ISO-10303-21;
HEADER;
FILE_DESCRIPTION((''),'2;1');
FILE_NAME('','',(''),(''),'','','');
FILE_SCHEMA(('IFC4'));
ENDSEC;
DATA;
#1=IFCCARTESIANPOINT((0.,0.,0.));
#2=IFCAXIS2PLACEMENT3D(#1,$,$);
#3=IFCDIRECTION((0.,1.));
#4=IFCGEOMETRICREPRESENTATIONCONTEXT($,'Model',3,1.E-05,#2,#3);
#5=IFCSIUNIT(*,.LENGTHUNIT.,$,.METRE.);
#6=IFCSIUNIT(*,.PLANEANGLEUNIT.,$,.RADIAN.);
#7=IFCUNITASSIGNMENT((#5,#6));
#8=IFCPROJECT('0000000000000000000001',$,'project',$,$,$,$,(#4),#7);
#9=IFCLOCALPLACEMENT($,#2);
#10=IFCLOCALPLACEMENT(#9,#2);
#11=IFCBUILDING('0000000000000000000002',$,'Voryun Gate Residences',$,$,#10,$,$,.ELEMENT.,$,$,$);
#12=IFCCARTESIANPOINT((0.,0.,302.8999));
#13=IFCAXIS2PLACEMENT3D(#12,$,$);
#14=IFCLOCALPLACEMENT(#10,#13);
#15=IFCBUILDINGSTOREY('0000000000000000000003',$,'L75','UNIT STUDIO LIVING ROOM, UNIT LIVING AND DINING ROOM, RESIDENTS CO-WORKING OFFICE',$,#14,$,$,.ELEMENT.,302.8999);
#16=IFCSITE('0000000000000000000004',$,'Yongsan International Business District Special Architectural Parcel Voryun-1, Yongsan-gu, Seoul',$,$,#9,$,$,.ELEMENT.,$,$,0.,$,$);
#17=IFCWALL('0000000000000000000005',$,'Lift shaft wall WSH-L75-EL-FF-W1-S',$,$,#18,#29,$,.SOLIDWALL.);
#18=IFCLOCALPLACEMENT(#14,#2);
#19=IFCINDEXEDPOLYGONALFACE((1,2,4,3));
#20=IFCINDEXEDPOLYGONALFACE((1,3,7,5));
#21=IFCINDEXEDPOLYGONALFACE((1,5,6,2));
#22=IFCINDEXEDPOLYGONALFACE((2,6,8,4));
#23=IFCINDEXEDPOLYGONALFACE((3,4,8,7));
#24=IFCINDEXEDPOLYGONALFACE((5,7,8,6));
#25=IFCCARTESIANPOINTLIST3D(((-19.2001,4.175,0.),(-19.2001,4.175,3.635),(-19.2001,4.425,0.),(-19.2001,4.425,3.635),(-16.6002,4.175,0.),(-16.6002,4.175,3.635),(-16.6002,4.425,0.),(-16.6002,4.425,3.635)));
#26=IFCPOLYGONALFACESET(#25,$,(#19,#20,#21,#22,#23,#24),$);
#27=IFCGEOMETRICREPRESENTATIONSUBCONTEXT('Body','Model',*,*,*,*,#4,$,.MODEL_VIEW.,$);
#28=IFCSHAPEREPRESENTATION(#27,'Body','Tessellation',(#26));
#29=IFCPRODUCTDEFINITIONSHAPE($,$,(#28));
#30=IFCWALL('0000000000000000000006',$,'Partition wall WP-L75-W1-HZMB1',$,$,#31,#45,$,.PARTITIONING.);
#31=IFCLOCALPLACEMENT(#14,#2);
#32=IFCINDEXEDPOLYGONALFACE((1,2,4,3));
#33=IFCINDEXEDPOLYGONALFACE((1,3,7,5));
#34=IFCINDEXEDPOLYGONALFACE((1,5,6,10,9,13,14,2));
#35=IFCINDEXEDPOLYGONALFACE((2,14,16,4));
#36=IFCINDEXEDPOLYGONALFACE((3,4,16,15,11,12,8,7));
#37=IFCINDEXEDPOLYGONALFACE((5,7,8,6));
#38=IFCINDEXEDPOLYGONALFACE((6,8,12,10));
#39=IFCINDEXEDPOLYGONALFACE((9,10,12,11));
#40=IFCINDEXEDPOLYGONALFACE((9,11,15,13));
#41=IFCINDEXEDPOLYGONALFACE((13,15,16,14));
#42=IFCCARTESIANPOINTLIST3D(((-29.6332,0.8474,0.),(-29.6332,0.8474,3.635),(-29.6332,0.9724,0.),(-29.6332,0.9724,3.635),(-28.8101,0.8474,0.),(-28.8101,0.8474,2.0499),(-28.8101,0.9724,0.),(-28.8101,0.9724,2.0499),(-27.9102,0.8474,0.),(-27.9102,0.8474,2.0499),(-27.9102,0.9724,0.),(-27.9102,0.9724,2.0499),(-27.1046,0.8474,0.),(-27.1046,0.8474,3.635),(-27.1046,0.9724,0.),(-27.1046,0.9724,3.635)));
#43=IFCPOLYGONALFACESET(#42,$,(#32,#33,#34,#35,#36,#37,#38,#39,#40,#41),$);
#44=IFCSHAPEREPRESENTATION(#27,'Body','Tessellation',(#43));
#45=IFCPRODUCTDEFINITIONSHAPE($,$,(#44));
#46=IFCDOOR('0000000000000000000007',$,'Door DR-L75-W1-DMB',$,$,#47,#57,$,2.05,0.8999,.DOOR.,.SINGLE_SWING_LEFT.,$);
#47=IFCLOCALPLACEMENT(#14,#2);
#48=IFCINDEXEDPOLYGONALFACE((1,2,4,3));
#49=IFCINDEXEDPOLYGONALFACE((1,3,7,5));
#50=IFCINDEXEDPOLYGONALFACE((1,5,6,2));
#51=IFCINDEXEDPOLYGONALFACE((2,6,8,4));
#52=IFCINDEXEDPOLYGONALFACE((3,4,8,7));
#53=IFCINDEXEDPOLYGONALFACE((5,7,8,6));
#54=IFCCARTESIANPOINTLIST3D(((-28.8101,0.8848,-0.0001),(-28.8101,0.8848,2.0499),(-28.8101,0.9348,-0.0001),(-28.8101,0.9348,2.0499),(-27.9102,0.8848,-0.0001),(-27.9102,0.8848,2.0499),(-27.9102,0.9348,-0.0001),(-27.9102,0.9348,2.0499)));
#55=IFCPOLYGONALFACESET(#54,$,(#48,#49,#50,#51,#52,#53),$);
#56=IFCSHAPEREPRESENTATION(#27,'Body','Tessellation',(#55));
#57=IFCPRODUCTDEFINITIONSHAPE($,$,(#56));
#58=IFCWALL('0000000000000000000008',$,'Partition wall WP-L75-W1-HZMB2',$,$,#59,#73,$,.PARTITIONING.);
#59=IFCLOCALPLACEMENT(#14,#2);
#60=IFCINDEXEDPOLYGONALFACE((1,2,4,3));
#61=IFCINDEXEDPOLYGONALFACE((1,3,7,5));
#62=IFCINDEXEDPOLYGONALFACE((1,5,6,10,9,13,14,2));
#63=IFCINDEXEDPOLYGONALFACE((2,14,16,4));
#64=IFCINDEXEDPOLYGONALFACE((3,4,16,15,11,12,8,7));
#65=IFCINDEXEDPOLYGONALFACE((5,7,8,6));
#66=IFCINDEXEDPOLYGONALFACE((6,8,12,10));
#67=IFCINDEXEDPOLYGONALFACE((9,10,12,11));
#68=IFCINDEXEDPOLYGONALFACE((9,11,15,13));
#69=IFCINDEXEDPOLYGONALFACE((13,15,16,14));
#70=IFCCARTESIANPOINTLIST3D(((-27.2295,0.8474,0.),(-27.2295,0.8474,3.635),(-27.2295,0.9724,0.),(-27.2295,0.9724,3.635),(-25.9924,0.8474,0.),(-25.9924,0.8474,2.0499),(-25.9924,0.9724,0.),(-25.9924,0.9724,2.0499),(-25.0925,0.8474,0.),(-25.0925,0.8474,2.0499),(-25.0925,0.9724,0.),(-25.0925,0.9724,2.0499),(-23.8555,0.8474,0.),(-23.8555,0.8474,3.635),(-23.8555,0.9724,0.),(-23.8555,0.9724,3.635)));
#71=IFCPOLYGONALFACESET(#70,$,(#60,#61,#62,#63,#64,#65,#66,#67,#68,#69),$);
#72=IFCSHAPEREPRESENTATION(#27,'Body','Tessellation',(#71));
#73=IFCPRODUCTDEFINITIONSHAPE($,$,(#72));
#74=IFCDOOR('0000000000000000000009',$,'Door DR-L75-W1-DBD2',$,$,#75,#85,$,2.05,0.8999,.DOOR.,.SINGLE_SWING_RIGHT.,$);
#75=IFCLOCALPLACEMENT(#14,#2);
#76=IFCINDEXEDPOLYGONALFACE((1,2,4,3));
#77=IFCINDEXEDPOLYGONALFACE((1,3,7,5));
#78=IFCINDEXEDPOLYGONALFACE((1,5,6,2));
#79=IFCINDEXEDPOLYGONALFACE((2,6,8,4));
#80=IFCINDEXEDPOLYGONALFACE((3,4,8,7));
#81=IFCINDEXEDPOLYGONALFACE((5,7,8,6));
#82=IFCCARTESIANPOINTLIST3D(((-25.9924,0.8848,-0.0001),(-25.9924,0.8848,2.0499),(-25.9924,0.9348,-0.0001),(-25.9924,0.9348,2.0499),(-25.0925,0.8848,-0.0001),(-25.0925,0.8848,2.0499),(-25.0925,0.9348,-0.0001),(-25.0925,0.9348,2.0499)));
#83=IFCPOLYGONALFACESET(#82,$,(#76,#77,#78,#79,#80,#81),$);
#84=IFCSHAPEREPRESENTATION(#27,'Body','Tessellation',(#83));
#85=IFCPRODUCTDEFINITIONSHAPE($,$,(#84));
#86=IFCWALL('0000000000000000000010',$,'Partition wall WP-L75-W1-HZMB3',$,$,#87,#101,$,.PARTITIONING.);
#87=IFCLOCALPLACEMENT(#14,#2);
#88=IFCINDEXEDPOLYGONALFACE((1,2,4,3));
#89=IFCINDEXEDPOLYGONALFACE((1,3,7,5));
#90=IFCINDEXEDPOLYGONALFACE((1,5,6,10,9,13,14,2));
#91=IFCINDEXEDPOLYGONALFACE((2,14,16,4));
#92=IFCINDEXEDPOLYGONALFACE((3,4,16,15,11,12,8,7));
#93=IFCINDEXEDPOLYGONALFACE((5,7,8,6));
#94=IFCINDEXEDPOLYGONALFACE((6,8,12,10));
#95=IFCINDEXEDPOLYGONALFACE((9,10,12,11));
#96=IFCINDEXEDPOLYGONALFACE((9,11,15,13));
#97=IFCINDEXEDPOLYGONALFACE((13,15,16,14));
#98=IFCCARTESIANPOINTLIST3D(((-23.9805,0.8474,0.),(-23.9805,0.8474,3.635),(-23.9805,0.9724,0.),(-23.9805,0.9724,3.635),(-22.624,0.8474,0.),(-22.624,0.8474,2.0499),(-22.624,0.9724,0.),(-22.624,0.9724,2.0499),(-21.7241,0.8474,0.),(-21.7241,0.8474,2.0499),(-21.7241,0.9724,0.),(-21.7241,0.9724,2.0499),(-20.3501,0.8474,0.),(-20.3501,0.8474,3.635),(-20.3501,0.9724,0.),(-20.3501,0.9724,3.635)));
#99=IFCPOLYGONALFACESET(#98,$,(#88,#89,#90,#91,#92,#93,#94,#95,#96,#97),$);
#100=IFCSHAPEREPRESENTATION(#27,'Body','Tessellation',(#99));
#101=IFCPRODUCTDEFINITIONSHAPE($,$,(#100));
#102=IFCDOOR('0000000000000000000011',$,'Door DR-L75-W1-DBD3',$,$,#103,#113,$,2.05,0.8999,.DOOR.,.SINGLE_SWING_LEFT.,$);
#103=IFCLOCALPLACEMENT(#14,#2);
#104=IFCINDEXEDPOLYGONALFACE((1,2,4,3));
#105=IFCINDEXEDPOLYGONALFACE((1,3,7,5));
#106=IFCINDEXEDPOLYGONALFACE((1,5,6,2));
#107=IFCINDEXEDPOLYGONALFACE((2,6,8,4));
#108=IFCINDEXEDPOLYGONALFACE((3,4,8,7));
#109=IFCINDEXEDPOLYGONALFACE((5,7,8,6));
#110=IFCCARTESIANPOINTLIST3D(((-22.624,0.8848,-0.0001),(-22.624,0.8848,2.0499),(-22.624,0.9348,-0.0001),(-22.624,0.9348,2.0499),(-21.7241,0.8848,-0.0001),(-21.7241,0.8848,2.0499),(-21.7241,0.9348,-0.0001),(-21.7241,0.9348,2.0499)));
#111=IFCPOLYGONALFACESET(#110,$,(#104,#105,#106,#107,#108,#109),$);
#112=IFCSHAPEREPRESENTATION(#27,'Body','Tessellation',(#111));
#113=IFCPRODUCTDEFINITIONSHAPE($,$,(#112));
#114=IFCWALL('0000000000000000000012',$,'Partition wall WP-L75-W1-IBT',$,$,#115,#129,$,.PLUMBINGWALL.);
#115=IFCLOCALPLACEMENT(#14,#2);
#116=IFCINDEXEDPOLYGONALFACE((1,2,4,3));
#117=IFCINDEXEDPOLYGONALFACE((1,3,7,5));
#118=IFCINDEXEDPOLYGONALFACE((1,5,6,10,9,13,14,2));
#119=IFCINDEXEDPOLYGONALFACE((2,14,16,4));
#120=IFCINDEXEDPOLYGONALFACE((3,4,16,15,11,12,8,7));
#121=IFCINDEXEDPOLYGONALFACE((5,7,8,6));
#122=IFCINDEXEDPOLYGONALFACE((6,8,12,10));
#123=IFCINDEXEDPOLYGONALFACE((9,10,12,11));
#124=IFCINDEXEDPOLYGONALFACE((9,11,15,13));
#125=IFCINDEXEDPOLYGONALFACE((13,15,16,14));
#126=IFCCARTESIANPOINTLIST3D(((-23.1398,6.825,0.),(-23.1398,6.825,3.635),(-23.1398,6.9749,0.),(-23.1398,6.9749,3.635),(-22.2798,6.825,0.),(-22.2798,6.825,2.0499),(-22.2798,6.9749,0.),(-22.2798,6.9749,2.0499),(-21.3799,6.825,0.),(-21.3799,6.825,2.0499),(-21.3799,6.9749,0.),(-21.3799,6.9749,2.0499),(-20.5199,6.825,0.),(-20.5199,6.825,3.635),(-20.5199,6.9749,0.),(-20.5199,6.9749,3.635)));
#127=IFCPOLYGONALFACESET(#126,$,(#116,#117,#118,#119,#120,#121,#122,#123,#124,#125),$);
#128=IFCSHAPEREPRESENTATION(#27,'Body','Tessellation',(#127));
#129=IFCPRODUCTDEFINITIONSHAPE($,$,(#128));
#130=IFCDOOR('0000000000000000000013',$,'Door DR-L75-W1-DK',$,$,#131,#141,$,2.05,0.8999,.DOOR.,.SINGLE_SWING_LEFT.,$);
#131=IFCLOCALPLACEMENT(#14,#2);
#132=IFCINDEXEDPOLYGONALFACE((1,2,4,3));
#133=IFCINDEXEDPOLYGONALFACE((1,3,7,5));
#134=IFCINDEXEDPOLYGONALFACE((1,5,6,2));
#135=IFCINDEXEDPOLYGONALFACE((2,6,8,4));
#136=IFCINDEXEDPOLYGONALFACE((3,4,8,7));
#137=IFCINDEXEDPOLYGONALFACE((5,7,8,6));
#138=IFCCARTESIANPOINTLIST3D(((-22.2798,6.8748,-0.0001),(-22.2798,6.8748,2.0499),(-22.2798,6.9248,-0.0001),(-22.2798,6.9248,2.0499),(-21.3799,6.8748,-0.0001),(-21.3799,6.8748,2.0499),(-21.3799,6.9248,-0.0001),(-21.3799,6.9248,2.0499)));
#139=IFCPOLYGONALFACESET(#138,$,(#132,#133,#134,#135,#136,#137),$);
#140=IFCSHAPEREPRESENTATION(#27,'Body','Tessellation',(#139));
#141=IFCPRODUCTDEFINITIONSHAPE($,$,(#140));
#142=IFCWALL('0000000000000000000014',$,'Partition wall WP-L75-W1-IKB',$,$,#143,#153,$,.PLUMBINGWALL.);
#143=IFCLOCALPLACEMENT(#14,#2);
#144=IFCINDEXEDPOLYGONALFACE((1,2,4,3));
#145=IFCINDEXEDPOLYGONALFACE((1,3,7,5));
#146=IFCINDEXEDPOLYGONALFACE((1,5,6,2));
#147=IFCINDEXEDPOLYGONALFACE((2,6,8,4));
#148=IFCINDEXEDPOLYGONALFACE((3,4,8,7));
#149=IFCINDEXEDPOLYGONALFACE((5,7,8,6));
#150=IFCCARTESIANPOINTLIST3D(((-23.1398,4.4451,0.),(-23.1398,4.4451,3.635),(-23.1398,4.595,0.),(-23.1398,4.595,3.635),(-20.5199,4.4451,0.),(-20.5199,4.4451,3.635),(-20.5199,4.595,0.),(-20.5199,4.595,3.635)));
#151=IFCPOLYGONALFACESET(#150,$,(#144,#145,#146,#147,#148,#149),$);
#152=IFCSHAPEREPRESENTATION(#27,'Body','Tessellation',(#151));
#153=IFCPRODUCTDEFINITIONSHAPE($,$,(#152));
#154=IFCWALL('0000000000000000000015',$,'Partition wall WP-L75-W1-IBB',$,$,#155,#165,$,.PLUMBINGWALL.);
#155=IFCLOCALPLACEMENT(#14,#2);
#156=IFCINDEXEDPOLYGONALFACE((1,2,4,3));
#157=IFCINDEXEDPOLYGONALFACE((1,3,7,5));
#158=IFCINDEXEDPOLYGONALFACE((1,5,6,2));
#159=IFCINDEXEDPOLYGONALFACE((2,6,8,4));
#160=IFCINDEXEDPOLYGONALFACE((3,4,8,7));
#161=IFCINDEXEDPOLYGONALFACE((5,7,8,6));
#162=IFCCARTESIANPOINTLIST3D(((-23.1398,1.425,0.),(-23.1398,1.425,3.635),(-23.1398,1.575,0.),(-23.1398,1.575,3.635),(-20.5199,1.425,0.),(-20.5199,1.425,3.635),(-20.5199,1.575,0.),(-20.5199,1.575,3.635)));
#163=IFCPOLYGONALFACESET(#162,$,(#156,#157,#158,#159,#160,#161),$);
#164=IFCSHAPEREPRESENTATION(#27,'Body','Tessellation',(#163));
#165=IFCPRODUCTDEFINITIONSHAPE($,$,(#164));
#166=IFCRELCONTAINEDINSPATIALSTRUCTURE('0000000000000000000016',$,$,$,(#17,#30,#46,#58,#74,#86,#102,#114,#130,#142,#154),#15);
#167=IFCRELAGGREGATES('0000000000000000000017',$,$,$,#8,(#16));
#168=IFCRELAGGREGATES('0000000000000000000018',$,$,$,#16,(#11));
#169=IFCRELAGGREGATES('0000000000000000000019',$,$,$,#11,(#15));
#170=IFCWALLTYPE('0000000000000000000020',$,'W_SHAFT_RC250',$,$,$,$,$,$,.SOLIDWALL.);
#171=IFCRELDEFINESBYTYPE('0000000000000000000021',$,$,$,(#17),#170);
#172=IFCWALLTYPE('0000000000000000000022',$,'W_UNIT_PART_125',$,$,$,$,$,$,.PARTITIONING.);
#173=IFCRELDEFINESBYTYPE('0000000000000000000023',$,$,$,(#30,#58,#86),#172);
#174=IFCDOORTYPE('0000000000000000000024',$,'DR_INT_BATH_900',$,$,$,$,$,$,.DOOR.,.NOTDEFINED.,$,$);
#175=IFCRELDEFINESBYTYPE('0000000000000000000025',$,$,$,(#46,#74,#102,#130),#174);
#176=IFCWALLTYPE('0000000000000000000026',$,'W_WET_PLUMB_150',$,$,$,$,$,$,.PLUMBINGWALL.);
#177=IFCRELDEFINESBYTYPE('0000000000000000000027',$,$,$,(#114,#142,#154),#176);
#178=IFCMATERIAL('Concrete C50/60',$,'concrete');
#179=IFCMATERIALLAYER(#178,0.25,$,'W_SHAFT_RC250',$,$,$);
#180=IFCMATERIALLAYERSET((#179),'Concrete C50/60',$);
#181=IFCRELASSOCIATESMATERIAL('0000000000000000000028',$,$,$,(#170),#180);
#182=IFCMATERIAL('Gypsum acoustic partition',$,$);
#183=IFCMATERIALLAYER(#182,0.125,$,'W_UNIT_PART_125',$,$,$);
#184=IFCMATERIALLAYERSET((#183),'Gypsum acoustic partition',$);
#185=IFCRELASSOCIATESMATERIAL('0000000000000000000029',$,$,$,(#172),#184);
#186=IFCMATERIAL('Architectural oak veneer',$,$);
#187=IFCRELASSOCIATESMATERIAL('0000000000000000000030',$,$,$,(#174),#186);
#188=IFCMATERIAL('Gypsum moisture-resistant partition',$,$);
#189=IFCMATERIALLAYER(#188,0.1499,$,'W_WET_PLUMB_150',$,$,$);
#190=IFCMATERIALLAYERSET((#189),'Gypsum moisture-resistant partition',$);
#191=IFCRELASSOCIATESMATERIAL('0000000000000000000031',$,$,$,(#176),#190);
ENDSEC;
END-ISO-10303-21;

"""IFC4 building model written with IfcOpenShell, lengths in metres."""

from ifc_helpers import new_model, si_unit, direction, frame, frame_2d, origin, place, context, subcontext, project, spatial, rectangle, extrude, material, layer, layer_set, type_object, element, fill, save


model = new_model("IFC4")

# Units and contexts
model_context = context("Model", 3, precision=1e-05, world=origin(), true_north=direction((0.0, 1.0)))
body_context = subcontext(model_context, "Body", "Model", "MODEL_VIEW")
ifc_project = project(units=[si_unit("LENGTHUNIT", "METRE"), si_unit("PLANEANGLEUNIT", "RADIAN")], contexts=[model_context])

# Site, building, storey
site_placement = place(None, origin())
site = spatial("IfcSite", under=ifc_project, at=site_placement, Name="Yongsan International Business District Special Architectural Parcel Voryun-1, Yongsan-gu, Seoul", CompositionType="ELEMENT", RefElevation=0.0)
building_placement = place(site_placement, origin())
building = spatial("IfcBuilding", under=site, at=building_placement, Name="Voryun Gate Residences", CompositionType="ELEMENT")
storey_placement = place(building_placement, frame((0.0, 0.0, 302.8999)))
storey = spatial("IfcBuildingStorey", under=building, at=storey_placement, Name="L75", Description="UNIT STUDIO LIVING ROOM, UNIT LIVING AND DINING ROOM, RESIDENTS CO-WORKING OFFICE", CompositionType="ELEMENT", Elevation=302.8999)

# Wall
ifc_material_1 = material(Name="Concrete C50/60", Category="concrete")
ifc_layer_1 = layer(ifc_material_1, 0.25, Name="W_SHAFT_RC250")
ifc_layer_set_1 = layer_set([ifc_layer_1], Name="Concrete C50/60")
wall_type_1 = type_object("IfcWallType", Name="W_SHAFT_RC250", PredefinedType="SOLIDWALL", material=ifc_layer_set_1)
wall_1_placement = place(storey_placement, frame((-19.2, 4.3, 0.0), z_axis=(0.0, 0.0, 1.0), x_axis=(1.0, 0.0, 0.0)))
element("IfcWall", 1, at=wall_1_placement, inside=storey, type_object=wall_type_1, Name="Lift shaft wall WSH-L75-EL-FF-W1-S", PredefinedType="SOLIDWALL", context=body_context, shape_type="SweptSolid", body=[
    extrude(rectangle(XDim=2.5999, YDim=0.25, at=frame_2d((1.2998, 0.0))), origin(), (0.0, 0.0, 1.0), 3.635),
])

# Walls, openings, doors
ifc_material_2 = material(Name="Gypsum acoustic partition")
ifc_layer_2 = layer(ifc_material_2, 0.125, Name="W_UNIT_PART_125")
ifc_layer_set_2 = layer_set([ifc_layer_2], Name="Gypsum acoustic partition")
wall_type_2 = type_object("IfcWallType", Name="W_UNIT_PART_125", PredefinedType="PARTITIONING", material=ifc_layer_set_2)
wall_2_placement = place(storey_placement, frame((-29.6331, 0.9099, 0.0), z_axis=(0.0, 0.0, 1.0), x_axis=(1.0, 0.0, 0.0)))
wall_2 = element("IfcWall", 2, at=wall_2_placement, inside=storey, type_object=wall_type_2, Name="Partition wall WP-L75-W1-HZMB1", PredefinedType="PARTITIONING", context=body_context, shape_type="SweptSolid", body=[
    extrude(rectangle(XDim=2.5286, YDim=0.125, at=frame_2d((1.2642, 0.0))), origin(), (0.0, 0.0, 1.0), 3.635),
])
opening_1_placement = place(wall_2_placement, frame((0.823, 0.0, 0.0)))
opening_1 = element("IfcOpeningElement", 3, at=opening_1_placement, cuts=wall_2, PredefinedType="OPENING", context=body_context, shape_type="SweptSolid", body=[
    extrude(rectangle(XDim=0.8999, YDim=2.05, at=frame_2d((0.45, 1.0249))), frame((0.0, 0.0725, 0.0), z_axis=(0.0, -1.0, 0.0), x_axis=(1.0, 0.0, 0.0)), (0.0, 0.0, 1.0), 0.145),
])
ifc_material_3 = material(Name="Architectural oak veneer")
door_type_1 = type_object("IfcDoorType", Name="DR_INT_BATH_900", OperationType="NOTDEFINED", PredefinedType="DOOR", material=ifc_material_3)
door_1_placement = place(opening_1_placement, origin())
door_1 = element("IfcDoor", 4, at=door_1_placement, inside=storey, type_object=door_type_1, Name="Door DR-L75-W1-DMB", OperationType="SINGLE_SWING_LEFT", OverallHeight=2.05, OverallWidth=0.8999, PredefinedType="DOOR", context=body_context, shape_type="SweptSolid", body=[
    extrude(rectangle(XDim=0.8999, YDim=2.05, at=frame_2d((0.45, 1.0249))), frame((0.0, 0.0249, 0.0), z_axis=(0.0, -1.0, 0.0), x_axis=(1.0, 0.0, 0.0)), (0.0, 0.0, 1.0), 0.05),
])
fill(opening_1, door_1)
wall_3_placement = place(storey_placement, frame((-27.2295, 0.9099, 0.0), z_axis=(0.0, 0.0, 1.0), x_axis=(1.0, 0.0, 0.0)))
wall_3 = element("IfcWall", 5, at=wall_3_placement, inside=storey, type_object=wall_type_2, Name="Partition wall WP-L75-W1-HZMB2", PredefinedType="PARTITIONING", context=body_context, shape_type="SweptSolid", body=[
    extrude(rectangle(XDim=3.374, YDim=0.125, at=frame_2d((1.687, 0.0))), origin(), (0.0, 0.0, 1.0), 3.635),
])
opening_2_placement = place(wall_3_placement, frame((1.2371, 0.0, 0.0)))
opening_2 = element("IfcOpeningElement", 6, at=opening_2_placement, cuts=wall_3, PredefinedType="OPENING", context=body_context, shape_type="SweptSolid", body=[
    extrude(rectangle(XDim=0.8999, YDim=2.05, at=frame_2d((0.45, 1.0249))), frame((0.0, 0.0725, 0.0), z_axis=(0.0, -1.0, 0.0), x_axis=(1.0, 0.0, 0.0)), (0.0, 0.0, 1.0), 0.145),
])
door_2_placement = place(opening_2_placement, origin())
door_2 = element("IfcDoor", 7, at=door_2_placement, inside=storey, type_object=door_type_1, Name="Door DR-L75-W1-DBD2", OperationType="SINGLE_SWING_RIGHT", OverallHeight=2.05, OverallWidth=0.8999, PredefinedType="DOOR", context=body_context, shape_type="SweptSolid", body=[
    extrude(rectangle(XDim=0.8999, YDim=2.05, at=frame_2d((0.45, 1.0249))), frame((0.0, 0.0249, 0.0), z_axis=(0.0, -1.0, 0.0), x_axis=(1.0, 0.0, 0.0)), (0.0, 0.0, 1.0), 0.05),
])
fill(opening_2, door_2)
wall_4_placement = place(storey_placement, frame((-23.9805, 0.9099, 0.0), z_axis=(0.0, 0.0, 1.0), x_axis=(1.0, 0.0, 0.0)))
wall_4 = element("IfcWall", 8, at=wall_4_placement, inside=storey, type_object=wall_type_2, Name="Partition wall WP-L75-W1-HZMB3", PredefinedType="PARTITIONING", context=body_context, shape_type="SweptSolid", body=[
    extrude(rectangle(XDim=3.6304, YDim=0.125, at=frame_2d((1.8152, 0.0))), origin(), (0.0, 0.0, 1.0), 3.635),
])
opening_3_placement = place(wall_4_placement, frame((1.3564, 0.0, 0.0)))
opening_3 = element("IfcOpeningElement", 9, at=opening_3_placement, cuts=wall_4, PredefinedType="OPENING", context=body_context, shape_type="SweptSolid", body=[
    extrude(rectangle(XDim=0.8999, YDim=2.05, at=frame_2d((0.45, 1.0249))), frame((0.0, 0.0725, 0.0), z_axis=(0.0, -1.0, 0.0), x_axis=(1.0, 0.0, 0.0)), (0.0, 0.0, 1.0), 0.145),
])
door_3_placement = place(opening_3_placement, origin())
door_3 = element("IfcDoor", 10, at=door_3_placement, inside=storey, type_object=door_type_1, Name="Door DR-L75-W1-DBD3", OperationType="SINGLE_SWING_LEFT", OverallHeight=2.05, OverallWidth=0.8999, PredefinedType="DOOR", context=body_context, shape_type="SweptSolid", body=[
    extrude(rectangle(XDim=0.8999, YDim=2.05, at=frame_2d((0.45, 1.0249))), frame((0.0, 0.0249, 0.0), z_axis=(0.0, -1.0, 0.0), x_axis=(1.0, 0.0, 0.0)), (0.0, 0.0, 1.0), 0.05),
])
fill(opening_3, door_3)
ifc_material_4 = material(Name="Gypsum moisture-resistant partition")
ifc_layer_3 = layer(ifc_material_4, 0.1499, Name="W_WET_PLUMB_150")
ifc_layer_set_3 = layer_set([ifc_layer_3], Name="Gypsum moisture-resistant partition")
wall_type_3 = type_object("IfcWallType", Name="W_WET_PLUMB_150", PredefinedType="PLUMBINGWALL", material=ifc_layer_set_3)
wall_5_placement = place(storey_placement, frame((-23.1399, 6.8999, 0.0), z_axis=(0.0, 0.0, 1.0), x_axis=(1.0, 0.0, 0.0)))
wall_5 = element("IfcWall", 11, at=wall_5_placement, inside=storey, type_object=wall_type_3, Name="Partition wall WP-L75-W1-IBT", PredefinedType="PLUMBINGWALL", context=body_context, shape_type="SweptSolid", body=[
    extrude(rectangle(XDim=2.6199, YDim=0.1499, at=frame_2d((1.3101, 0.0))), origin(), (0.0, 0.0, 1.0), 3.635),
])
opening_4_placement = place(wall_5_placement, frame((0.8601, 0.0, 0.0)))
opening_4 = element("IfcOpeningElement", 12, at=opening_4_placement, cuts=wall_5, PredefinedType="OPENING", context=body_context, shape_type="SweptSolid", body=[
    extrude(rectangle(XDim=0.8999, YDim=2.05, at=frame_2d((0.45, 1.0249))), frame((0.0, 0.085, 0.0), z_axis=(0.0, -1.0, 0.0), x_axis=(1.0, 0.0, 0.0)), (0.0, 0.0, 1.0), 0.1699),
])
door_4_placement = place(opening_4_placement, origin())
door_4 = element("IfcDoor", 13, at=door_4_placement, inside=storey, type_object=door_type_1, Name="Door DR-L75-W1-DK", OperationType="SINGLE_SWING_LEFT", OverallHeight=2.05, OverallWidth=0.8999, PredefinedType="DOOR", context=body_context, shape_type="SweptSolid", body=[
    extrude(rectangle(XDim=0.8999, YDim=2.05, at=frame_2d((0.45, 1.0249))), frame((0.0, 0.0249, 0.0), z_axis=(0.0, -1.0, 0.0), x_axis=(1.0, 0.0, 0.0)), (0.0, 0.0, 1.0), 0.05),
])
fill(opening_4, door_4)

# Walls
for number, where, z_axis, x_axis, name in (
    (14, (-23.1399, 4.52, 0.0), (0.0, 0.0, 1.0), (1.0, 0.0, 0.0), "Partition wall WP-L75-W1-IKB"),
    (15, (-23.1399, 1.5, 0.0), (0.0, 0.0, 1.0), (1.0, 0.0, 0.0), "Partition wall WP-L75-W1-IBB"),
):
    element("IfcWall", number, at=place(storey_placement, frame(where, z_axis=z_axis, x_axis=x_axis)), inside=storey, type_object=wall_type_3, Name=name, PredefinedType="PLUMBINGWALL", context=body_context, shape_type="SweptSolid", body=[
        extrude(rectangle(XDim=2.6199, YDim=0.1499, at=frame_2d((1.3101, 0.0))), origin(), (0.0, 0.0, 1.0), 3.635),
    ])

save(model, "model.ifc")
